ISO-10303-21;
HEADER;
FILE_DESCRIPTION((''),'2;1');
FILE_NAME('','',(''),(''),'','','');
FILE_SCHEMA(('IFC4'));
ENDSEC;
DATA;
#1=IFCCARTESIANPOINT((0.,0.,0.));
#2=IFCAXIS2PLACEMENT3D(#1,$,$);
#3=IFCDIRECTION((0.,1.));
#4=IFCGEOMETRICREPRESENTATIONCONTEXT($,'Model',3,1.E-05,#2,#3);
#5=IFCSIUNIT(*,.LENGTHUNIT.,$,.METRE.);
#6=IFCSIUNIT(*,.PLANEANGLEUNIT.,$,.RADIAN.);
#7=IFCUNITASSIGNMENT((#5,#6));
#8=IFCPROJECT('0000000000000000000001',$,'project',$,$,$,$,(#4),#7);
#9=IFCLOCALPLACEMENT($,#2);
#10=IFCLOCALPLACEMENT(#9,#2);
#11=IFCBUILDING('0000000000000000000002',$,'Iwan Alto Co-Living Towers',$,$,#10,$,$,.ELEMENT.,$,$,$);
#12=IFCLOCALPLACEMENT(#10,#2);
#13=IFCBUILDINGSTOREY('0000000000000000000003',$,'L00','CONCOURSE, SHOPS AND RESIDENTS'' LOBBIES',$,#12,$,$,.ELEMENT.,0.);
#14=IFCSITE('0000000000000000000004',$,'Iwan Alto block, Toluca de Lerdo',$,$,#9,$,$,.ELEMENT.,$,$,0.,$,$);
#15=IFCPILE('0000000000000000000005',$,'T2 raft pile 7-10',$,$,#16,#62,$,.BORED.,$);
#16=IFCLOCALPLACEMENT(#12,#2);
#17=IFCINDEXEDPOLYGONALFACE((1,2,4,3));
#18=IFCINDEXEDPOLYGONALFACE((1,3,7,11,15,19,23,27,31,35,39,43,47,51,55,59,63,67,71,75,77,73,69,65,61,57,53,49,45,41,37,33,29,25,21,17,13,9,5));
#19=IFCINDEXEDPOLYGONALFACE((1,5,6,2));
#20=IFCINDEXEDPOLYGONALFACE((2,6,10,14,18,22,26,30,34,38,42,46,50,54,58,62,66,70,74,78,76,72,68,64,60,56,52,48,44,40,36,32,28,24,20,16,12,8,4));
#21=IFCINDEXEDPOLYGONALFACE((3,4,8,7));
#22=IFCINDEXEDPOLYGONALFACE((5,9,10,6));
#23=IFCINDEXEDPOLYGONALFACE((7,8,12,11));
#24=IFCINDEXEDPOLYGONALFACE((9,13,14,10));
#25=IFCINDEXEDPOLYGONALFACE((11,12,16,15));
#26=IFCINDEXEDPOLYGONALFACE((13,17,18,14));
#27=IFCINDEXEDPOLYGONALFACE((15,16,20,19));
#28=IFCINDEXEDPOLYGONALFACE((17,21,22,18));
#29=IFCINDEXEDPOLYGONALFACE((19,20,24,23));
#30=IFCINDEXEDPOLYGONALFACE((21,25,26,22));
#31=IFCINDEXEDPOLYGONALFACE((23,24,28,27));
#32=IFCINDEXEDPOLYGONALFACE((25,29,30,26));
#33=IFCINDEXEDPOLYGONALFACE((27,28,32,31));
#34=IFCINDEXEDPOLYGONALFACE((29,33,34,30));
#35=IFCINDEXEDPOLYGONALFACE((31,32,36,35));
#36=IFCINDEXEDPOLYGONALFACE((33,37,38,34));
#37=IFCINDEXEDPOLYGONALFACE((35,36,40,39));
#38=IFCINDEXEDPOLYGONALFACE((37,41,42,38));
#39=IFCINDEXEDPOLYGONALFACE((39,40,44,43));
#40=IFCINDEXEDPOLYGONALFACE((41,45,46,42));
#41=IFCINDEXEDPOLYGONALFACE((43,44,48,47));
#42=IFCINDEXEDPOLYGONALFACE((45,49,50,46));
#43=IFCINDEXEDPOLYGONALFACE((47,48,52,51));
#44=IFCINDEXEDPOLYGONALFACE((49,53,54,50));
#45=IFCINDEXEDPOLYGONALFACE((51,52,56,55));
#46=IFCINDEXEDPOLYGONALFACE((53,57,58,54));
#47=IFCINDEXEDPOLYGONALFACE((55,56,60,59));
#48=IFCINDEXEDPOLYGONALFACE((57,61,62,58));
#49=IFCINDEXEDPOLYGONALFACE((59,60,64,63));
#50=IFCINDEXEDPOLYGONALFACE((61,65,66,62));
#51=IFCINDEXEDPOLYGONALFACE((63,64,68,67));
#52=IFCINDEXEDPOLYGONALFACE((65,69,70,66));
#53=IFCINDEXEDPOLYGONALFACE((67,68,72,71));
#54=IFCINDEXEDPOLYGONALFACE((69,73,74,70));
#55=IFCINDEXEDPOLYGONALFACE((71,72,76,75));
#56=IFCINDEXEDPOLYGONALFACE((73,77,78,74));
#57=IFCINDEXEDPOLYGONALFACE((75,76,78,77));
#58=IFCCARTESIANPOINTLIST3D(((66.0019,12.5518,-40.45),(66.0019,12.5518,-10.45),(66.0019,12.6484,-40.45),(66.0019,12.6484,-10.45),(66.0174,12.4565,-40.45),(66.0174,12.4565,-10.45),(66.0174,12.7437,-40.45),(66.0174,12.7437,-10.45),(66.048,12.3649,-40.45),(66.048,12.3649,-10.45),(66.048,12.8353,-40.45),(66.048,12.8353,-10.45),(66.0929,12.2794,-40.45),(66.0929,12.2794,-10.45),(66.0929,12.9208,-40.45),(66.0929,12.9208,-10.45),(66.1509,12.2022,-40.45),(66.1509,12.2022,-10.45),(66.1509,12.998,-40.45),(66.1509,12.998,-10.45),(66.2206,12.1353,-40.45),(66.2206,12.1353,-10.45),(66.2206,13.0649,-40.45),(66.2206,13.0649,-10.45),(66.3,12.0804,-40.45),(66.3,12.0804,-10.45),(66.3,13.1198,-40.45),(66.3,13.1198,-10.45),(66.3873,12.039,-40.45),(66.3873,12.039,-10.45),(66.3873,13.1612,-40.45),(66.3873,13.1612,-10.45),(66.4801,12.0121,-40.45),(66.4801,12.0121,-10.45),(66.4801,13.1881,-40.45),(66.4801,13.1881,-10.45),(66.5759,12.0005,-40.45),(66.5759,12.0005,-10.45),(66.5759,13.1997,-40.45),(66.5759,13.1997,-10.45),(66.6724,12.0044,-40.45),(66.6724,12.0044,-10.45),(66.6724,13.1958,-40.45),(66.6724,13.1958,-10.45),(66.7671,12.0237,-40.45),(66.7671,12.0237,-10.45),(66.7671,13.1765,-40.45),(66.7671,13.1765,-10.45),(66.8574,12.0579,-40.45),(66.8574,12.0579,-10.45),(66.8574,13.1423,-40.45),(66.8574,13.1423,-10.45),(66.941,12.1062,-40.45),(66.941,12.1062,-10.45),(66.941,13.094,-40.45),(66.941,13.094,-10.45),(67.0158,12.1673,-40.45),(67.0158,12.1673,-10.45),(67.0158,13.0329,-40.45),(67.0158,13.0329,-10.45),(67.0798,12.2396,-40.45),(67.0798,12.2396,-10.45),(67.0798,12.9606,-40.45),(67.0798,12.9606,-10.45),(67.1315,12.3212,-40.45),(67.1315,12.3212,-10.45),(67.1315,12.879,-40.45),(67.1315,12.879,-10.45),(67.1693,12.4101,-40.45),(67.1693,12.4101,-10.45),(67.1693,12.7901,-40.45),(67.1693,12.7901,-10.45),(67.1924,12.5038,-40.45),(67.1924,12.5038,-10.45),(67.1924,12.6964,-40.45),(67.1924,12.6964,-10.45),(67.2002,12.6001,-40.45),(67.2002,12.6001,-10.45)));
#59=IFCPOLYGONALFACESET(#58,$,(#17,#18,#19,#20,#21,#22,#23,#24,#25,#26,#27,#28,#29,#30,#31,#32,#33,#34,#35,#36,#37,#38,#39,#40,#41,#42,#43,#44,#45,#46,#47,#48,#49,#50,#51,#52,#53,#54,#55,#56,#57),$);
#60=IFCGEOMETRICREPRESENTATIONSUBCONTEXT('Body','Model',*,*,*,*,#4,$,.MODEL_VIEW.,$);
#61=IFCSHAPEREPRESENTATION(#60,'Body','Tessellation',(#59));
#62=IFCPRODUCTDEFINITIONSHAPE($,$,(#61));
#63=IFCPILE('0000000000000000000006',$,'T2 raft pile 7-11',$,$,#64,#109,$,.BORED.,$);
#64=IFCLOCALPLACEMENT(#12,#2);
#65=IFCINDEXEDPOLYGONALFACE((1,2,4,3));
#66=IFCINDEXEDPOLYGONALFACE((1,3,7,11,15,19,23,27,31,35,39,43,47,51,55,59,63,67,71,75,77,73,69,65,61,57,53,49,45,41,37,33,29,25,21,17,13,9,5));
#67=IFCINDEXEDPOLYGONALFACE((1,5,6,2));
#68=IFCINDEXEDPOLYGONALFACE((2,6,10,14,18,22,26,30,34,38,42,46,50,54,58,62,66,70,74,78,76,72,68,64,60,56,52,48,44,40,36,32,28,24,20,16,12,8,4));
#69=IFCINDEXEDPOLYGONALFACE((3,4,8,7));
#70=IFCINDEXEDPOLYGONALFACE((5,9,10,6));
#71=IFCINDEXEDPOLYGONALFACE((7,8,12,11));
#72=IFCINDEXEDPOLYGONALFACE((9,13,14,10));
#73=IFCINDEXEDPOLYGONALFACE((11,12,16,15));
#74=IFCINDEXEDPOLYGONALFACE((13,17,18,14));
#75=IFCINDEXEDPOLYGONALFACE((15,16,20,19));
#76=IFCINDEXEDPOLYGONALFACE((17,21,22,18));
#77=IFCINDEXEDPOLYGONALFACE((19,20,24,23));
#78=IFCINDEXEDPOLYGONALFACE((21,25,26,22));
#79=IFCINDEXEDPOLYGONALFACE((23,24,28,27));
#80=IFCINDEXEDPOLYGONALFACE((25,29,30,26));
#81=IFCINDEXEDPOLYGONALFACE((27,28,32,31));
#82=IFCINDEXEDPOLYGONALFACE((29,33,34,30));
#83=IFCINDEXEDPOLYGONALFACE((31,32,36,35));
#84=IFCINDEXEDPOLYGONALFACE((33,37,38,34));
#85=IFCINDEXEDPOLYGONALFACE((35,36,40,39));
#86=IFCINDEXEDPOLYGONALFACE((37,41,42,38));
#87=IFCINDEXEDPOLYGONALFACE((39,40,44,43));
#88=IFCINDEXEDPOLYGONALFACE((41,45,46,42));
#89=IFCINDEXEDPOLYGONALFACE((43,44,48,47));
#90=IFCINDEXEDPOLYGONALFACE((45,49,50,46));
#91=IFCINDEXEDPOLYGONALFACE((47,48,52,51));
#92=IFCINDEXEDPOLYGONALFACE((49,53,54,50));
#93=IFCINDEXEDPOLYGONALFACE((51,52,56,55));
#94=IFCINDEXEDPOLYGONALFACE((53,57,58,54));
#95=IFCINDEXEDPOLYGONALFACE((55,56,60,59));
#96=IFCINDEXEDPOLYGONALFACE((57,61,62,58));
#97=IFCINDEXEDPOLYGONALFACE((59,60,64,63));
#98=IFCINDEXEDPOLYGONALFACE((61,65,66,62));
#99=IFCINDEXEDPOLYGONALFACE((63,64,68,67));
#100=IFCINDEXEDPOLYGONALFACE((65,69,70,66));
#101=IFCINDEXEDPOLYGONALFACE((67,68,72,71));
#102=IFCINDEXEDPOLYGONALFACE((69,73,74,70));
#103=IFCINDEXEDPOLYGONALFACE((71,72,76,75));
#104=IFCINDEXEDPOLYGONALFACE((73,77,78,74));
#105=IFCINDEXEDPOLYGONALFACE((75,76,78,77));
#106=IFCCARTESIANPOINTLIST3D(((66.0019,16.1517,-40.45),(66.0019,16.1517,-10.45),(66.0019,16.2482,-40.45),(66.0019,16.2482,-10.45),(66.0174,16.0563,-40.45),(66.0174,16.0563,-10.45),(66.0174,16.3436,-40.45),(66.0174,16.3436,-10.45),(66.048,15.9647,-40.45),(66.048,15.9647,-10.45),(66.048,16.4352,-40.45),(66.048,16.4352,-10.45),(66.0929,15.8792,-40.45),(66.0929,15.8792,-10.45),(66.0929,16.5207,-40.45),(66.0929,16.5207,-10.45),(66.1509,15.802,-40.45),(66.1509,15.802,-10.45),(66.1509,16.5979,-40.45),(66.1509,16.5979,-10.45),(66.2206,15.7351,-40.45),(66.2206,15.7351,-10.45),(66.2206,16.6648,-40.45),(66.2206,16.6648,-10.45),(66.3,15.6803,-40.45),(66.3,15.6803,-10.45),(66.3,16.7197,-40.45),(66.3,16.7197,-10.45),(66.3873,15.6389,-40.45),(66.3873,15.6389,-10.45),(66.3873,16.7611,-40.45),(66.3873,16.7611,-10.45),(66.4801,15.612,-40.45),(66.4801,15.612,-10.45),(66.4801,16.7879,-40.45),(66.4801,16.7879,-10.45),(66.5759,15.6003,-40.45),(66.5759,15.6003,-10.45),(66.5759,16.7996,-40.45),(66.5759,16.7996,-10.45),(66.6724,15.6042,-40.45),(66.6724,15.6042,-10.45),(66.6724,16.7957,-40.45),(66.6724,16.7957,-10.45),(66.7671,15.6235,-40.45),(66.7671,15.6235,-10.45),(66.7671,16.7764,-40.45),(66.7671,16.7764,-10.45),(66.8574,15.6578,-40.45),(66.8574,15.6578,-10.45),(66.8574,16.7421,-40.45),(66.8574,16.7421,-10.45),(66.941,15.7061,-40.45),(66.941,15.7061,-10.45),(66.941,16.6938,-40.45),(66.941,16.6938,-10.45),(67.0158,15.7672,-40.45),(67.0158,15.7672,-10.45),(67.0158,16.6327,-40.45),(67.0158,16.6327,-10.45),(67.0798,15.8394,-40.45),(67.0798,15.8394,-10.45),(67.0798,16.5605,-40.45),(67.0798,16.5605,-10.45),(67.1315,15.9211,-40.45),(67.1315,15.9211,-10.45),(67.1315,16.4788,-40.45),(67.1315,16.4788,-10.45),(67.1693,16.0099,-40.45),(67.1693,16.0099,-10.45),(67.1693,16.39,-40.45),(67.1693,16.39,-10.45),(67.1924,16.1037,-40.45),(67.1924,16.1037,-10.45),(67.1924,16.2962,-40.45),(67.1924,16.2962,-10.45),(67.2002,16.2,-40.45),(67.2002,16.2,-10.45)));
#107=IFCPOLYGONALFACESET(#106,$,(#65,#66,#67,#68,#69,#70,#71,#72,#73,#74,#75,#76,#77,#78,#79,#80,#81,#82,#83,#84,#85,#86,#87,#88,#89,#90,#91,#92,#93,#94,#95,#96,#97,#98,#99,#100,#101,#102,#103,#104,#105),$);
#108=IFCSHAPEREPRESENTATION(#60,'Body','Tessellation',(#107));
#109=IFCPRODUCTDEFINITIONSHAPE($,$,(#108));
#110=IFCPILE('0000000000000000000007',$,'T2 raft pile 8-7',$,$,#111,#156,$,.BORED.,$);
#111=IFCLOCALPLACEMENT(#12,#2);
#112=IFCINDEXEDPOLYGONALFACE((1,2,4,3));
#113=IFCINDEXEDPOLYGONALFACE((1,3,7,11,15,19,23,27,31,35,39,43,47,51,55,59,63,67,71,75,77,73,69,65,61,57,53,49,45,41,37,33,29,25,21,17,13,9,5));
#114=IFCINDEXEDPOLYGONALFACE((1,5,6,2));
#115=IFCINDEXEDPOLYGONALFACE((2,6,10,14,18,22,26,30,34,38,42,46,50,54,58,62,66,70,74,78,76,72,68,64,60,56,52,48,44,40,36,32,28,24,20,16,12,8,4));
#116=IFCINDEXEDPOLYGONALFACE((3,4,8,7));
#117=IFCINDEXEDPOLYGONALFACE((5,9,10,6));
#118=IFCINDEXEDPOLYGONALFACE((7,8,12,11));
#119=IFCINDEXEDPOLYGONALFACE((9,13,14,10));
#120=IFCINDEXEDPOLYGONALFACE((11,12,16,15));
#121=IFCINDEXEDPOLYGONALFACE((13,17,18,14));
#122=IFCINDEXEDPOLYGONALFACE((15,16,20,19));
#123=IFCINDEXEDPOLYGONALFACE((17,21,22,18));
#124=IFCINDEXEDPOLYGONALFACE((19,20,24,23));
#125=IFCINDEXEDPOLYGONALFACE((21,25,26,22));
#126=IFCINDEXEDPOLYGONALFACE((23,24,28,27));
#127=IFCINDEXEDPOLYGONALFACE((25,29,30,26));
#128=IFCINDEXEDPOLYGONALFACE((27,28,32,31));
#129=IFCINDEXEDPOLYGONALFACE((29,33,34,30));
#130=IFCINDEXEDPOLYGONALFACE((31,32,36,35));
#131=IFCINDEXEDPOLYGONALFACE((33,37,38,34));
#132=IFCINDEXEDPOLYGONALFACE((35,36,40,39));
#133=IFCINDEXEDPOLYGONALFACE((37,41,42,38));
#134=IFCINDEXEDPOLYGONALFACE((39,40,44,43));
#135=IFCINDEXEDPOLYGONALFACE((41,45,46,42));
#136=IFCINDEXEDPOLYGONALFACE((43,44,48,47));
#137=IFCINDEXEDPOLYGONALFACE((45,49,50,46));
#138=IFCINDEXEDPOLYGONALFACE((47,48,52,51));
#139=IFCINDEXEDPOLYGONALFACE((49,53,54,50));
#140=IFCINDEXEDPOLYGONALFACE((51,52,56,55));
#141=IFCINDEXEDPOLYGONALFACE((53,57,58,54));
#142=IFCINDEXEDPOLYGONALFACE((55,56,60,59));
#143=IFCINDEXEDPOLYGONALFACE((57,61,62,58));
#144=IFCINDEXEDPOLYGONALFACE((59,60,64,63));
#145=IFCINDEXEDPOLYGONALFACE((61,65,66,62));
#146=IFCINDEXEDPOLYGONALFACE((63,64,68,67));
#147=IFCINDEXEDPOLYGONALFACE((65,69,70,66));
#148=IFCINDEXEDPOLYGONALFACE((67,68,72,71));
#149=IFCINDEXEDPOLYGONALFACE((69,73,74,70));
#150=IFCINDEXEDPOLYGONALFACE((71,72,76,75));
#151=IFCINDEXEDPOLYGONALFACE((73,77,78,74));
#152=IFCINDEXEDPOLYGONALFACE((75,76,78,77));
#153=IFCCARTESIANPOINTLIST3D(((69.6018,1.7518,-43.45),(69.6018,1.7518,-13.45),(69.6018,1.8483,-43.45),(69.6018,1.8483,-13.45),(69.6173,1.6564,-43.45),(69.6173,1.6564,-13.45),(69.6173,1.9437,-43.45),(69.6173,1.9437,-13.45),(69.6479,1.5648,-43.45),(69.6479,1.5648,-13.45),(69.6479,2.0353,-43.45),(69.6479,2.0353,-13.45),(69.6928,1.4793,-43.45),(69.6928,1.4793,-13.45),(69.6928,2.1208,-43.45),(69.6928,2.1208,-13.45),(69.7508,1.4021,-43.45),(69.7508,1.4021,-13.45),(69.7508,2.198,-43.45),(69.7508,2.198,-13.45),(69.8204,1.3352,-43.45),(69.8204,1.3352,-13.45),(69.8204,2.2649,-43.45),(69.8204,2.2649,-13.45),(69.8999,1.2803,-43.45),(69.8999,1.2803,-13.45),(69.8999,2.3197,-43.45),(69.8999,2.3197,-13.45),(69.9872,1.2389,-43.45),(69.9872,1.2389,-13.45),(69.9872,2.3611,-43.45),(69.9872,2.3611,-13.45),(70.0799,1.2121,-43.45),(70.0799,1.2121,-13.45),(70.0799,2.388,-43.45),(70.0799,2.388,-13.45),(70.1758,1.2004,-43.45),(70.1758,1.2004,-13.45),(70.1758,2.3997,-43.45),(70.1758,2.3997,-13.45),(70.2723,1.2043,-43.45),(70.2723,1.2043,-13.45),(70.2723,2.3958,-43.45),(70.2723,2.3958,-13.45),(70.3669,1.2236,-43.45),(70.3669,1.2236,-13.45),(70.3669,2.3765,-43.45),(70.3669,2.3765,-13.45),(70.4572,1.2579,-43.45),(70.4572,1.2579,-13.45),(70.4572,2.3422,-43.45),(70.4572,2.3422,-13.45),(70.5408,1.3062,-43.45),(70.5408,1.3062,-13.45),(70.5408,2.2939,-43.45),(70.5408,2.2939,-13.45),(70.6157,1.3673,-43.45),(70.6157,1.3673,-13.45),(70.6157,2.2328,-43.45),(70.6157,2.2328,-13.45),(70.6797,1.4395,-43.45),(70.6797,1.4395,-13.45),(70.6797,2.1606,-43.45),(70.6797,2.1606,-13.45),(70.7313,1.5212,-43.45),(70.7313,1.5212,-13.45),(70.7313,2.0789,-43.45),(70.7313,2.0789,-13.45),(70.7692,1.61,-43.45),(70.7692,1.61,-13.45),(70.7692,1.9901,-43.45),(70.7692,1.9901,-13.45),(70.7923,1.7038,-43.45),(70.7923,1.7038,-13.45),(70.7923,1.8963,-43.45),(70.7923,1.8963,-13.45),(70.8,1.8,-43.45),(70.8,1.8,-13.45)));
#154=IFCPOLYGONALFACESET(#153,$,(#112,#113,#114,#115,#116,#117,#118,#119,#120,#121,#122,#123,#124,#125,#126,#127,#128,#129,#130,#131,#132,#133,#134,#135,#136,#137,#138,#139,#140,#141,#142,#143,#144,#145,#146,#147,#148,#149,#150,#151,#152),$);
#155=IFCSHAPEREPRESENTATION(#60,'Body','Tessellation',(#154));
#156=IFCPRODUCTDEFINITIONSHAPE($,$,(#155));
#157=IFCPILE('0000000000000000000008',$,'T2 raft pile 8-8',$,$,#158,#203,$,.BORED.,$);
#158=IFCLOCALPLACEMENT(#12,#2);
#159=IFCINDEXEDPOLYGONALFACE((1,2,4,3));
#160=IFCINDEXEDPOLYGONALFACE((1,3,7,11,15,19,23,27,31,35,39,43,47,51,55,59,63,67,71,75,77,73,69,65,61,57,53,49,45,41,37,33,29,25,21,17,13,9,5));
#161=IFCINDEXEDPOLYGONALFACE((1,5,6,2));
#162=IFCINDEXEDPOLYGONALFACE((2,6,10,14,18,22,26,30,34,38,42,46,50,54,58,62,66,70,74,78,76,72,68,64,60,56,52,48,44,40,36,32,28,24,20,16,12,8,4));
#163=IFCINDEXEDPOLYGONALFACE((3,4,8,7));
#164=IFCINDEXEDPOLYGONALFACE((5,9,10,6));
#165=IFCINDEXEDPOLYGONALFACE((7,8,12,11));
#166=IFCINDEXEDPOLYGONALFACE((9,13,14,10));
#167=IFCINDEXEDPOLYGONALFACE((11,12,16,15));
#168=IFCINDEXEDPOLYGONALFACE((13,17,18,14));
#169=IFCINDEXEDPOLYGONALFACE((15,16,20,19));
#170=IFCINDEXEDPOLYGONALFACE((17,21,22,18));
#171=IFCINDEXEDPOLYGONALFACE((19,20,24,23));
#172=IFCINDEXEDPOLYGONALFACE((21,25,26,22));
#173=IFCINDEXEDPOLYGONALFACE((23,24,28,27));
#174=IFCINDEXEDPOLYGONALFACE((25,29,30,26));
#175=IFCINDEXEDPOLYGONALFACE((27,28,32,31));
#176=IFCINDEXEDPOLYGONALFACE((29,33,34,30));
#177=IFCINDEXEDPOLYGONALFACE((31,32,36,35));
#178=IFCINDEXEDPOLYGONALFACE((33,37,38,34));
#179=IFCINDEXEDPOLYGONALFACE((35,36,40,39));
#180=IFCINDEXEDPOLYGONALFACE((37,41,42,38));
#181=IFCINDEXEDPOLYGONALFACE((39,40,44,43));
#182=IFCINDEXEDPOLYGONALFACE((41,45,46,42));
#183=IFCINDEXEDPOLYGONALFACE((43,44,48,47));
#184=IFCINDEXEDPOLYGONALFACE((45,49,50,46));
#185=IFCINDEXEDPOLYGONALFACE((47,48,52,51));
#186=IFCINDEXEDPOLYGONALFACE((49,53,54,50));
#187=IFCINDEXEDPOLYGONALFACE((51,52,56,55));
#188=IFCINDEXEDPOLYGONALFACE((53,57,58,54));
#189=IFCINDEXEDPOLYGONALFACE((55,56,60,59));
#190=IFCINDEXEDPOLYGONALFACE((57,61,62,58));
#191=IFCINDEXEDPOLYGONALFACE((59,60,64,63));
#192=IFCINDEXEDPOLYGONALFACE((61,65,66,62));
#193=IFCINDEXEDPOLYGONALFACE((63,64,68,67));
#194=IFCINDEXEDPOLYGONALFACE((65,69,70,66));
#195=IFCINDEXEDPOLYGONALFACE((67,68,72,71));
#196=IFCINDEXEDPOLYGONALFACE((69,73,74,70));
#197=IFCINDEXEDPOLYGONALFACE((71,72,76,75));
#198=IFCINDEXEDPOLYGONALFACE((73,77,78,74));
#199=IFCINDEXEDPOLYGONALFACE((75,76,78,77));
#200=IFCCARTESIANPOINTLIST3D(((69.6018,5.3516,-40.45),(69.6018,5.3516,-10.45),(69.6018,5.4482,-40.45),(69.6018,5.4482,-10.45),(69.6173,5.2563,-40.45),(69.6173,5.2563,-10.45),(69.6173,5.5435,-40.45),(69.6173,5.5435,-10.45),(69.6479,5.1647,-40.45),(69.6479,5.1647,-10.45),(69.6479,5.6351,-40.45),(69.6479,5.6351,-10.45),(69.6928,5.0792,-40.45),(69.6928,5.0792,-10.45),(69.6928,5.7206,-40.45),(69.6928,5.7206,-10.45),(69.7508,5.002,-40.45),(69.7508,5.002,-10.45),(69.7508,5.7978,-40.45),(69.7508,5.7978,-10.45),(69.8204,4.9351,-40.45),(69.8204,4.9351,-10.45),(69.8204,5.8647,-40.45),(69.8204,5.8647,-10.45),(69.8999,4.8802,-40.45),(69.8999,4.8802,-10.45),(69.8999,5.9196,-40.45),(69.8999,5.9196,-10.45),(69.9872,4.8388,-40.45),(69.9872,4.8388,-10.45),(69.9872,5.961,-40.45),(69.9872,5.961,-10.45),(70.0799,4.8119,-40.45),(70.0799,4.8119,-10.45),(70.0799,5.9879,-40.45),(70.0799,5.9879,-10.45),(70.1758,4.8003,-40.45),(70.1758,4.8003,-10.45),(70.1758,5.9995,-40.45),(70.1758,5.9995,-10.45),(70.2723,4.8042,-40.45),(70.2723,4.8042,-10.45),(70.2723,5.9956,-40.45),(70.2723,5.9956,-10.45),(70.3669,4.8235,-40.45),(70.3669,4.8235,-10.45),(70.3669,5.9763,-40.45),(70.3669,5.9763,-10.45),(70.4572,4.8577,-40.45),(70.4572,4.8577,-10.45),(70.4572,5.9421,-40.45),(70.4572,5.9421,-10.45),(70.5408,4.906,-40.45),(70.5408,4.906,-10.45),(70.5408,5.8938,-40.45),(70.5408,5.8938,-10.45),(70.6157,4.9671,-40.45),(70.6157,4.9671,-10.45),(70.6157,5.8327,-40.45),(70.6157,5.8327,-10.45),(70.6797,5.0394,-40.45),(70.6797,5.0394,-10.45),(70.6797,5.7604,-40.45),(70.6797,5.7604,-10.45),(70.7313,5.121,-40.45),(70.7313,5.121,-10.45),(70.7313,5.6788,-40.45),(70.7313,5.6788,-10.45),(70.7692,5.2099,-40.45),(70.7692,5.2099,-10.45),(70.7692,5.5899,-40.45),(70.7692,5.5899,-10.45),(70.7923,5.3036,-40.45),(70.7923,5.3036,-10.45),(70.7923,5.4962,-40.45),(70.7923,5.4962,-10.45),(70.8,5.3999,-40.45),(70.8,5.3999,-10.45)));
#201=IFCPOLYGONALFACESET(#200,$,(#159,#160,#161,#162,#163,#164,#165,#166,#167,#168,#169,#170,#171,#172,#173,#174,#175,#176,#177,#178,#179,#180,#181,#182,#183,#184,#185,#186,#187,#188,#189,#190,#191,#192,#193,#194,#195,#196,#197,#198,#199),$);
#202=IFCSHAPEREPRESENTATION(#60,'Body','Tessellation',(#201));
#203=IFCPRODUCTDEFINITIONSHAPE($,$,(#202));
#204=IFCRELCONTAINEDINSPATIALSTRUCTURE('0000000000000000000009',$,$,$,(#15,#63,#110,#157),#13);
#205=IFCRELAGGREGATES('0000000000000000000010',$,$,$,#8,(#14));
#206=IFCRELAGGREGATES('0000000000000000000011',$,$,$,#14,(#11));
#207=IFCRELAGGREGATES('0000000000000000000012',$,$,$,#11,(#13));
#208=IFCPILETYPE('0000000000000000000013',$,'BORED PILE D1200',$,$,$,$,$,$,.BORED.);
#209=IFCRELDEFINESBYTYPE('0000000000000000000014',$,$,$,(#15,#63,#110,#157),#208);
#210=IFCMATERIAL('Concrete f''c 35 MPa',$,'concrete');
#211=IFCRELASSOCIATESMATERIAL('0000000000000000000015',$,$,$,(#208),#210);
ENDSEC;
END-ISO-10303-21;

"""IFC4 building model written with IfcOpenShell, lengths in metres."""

from ifc_helpers import new_model, si_unit, direction, frame, origin, origin_2d, place, context, subcontext, project, spatial, circle, extrude, material, material_profile, profile_set, type_object, element, save


model = new_model("IFC4")

# Units and contexts
model_context = context("Model", 3, precision=1e-05, world=origin(), true_north=direction((0.0, 1.0)))
body_context = subcontext(model_context, "Body", "Model", "MODEL_VIEW")
ifc_project = project(units=[si_unit("LENGTHUNIT", "METRE"), si_unit("PLANEANGLEUNIT", "RADIAN")], contexts=[model_context])

# Site, building, storey
site_placement = place(None, origin())
site = spatial("IfcSite", under=ifc_project, at=site_placement, Name="Iwan Alto block, Toluca de Lerdo", CompositionType="ELEMENT", RefElevation=0.0)
building_placement = place(site_placement, origin())
building = spatial("IfcBuilding", under=site, at=building_placement, Name="Iwan Alto Co-Living Towers", CompositionType="ELEMENT")
storey_placement = place(building_placement, origin())
storey = spatial("IfcBuildingStorey", under=building, at=storey_placement, Name="L00", Description="CONCOURSE, SHOPS AND RESIDENTS' LOBBIES", CompositionType="ELEMENT", Elevation=0.0)

# Piles
ifc_material_1 = material(Name="Concrete f'c 35 MPa", Category="concrete")
ifc_material_profile = material_profile(ifc_material_1, circle(Radius=0.6001, at=origin_2d()), Name="D1200")
ifc_profile_set = profile_set([ifc_material_profile], Name="Concrete f'c 35 MPa")
pile_type = type_object("IfcPileType", Name="BORED PILE D1200", PredefinedType="BORED", material=ifc_profile_set)
for number, where, z_axis, x_axis, name in (
    (1, (66.6001, 12.6001, -10.45), (0.0, 0.0, -1.0), (1.0, 0.0, 0.0), "T2 raft pile 7-10"),
    (2, (66.6001, 16.2, -10.45), (0.0, 0.0, -1.0), (1.0, 0.0, 0.0), "T2 raft pile 7-11"),
    (3, (70.2, 1.8, -13.45), (0.0, 0.0, -1.0), (1.0, 0.0, 0.0), "T2 raft pile 8-7"),
    (4, (70.2, 5.3999, -10.45), (0.0, 0.0, -1.0), (1.0, 0.0, 0.0), "T2 raft pile 8-8"),
):
    element("IfcPile", number, at=place(storey_placement, frame(where, z_axis=z_axis, x_axis=x_axis)), inside=storey, type_object=pile_type, Name=name, PredefinedType="BORED", context=body_context, shape_type="SweptSolid", body=[
        extrude(circle(Radius=0.6001, at=origin_2d()), origin(), (0.0, 0.0, 1.0), 30.0),
    ])

save(model, "model.ifc")
